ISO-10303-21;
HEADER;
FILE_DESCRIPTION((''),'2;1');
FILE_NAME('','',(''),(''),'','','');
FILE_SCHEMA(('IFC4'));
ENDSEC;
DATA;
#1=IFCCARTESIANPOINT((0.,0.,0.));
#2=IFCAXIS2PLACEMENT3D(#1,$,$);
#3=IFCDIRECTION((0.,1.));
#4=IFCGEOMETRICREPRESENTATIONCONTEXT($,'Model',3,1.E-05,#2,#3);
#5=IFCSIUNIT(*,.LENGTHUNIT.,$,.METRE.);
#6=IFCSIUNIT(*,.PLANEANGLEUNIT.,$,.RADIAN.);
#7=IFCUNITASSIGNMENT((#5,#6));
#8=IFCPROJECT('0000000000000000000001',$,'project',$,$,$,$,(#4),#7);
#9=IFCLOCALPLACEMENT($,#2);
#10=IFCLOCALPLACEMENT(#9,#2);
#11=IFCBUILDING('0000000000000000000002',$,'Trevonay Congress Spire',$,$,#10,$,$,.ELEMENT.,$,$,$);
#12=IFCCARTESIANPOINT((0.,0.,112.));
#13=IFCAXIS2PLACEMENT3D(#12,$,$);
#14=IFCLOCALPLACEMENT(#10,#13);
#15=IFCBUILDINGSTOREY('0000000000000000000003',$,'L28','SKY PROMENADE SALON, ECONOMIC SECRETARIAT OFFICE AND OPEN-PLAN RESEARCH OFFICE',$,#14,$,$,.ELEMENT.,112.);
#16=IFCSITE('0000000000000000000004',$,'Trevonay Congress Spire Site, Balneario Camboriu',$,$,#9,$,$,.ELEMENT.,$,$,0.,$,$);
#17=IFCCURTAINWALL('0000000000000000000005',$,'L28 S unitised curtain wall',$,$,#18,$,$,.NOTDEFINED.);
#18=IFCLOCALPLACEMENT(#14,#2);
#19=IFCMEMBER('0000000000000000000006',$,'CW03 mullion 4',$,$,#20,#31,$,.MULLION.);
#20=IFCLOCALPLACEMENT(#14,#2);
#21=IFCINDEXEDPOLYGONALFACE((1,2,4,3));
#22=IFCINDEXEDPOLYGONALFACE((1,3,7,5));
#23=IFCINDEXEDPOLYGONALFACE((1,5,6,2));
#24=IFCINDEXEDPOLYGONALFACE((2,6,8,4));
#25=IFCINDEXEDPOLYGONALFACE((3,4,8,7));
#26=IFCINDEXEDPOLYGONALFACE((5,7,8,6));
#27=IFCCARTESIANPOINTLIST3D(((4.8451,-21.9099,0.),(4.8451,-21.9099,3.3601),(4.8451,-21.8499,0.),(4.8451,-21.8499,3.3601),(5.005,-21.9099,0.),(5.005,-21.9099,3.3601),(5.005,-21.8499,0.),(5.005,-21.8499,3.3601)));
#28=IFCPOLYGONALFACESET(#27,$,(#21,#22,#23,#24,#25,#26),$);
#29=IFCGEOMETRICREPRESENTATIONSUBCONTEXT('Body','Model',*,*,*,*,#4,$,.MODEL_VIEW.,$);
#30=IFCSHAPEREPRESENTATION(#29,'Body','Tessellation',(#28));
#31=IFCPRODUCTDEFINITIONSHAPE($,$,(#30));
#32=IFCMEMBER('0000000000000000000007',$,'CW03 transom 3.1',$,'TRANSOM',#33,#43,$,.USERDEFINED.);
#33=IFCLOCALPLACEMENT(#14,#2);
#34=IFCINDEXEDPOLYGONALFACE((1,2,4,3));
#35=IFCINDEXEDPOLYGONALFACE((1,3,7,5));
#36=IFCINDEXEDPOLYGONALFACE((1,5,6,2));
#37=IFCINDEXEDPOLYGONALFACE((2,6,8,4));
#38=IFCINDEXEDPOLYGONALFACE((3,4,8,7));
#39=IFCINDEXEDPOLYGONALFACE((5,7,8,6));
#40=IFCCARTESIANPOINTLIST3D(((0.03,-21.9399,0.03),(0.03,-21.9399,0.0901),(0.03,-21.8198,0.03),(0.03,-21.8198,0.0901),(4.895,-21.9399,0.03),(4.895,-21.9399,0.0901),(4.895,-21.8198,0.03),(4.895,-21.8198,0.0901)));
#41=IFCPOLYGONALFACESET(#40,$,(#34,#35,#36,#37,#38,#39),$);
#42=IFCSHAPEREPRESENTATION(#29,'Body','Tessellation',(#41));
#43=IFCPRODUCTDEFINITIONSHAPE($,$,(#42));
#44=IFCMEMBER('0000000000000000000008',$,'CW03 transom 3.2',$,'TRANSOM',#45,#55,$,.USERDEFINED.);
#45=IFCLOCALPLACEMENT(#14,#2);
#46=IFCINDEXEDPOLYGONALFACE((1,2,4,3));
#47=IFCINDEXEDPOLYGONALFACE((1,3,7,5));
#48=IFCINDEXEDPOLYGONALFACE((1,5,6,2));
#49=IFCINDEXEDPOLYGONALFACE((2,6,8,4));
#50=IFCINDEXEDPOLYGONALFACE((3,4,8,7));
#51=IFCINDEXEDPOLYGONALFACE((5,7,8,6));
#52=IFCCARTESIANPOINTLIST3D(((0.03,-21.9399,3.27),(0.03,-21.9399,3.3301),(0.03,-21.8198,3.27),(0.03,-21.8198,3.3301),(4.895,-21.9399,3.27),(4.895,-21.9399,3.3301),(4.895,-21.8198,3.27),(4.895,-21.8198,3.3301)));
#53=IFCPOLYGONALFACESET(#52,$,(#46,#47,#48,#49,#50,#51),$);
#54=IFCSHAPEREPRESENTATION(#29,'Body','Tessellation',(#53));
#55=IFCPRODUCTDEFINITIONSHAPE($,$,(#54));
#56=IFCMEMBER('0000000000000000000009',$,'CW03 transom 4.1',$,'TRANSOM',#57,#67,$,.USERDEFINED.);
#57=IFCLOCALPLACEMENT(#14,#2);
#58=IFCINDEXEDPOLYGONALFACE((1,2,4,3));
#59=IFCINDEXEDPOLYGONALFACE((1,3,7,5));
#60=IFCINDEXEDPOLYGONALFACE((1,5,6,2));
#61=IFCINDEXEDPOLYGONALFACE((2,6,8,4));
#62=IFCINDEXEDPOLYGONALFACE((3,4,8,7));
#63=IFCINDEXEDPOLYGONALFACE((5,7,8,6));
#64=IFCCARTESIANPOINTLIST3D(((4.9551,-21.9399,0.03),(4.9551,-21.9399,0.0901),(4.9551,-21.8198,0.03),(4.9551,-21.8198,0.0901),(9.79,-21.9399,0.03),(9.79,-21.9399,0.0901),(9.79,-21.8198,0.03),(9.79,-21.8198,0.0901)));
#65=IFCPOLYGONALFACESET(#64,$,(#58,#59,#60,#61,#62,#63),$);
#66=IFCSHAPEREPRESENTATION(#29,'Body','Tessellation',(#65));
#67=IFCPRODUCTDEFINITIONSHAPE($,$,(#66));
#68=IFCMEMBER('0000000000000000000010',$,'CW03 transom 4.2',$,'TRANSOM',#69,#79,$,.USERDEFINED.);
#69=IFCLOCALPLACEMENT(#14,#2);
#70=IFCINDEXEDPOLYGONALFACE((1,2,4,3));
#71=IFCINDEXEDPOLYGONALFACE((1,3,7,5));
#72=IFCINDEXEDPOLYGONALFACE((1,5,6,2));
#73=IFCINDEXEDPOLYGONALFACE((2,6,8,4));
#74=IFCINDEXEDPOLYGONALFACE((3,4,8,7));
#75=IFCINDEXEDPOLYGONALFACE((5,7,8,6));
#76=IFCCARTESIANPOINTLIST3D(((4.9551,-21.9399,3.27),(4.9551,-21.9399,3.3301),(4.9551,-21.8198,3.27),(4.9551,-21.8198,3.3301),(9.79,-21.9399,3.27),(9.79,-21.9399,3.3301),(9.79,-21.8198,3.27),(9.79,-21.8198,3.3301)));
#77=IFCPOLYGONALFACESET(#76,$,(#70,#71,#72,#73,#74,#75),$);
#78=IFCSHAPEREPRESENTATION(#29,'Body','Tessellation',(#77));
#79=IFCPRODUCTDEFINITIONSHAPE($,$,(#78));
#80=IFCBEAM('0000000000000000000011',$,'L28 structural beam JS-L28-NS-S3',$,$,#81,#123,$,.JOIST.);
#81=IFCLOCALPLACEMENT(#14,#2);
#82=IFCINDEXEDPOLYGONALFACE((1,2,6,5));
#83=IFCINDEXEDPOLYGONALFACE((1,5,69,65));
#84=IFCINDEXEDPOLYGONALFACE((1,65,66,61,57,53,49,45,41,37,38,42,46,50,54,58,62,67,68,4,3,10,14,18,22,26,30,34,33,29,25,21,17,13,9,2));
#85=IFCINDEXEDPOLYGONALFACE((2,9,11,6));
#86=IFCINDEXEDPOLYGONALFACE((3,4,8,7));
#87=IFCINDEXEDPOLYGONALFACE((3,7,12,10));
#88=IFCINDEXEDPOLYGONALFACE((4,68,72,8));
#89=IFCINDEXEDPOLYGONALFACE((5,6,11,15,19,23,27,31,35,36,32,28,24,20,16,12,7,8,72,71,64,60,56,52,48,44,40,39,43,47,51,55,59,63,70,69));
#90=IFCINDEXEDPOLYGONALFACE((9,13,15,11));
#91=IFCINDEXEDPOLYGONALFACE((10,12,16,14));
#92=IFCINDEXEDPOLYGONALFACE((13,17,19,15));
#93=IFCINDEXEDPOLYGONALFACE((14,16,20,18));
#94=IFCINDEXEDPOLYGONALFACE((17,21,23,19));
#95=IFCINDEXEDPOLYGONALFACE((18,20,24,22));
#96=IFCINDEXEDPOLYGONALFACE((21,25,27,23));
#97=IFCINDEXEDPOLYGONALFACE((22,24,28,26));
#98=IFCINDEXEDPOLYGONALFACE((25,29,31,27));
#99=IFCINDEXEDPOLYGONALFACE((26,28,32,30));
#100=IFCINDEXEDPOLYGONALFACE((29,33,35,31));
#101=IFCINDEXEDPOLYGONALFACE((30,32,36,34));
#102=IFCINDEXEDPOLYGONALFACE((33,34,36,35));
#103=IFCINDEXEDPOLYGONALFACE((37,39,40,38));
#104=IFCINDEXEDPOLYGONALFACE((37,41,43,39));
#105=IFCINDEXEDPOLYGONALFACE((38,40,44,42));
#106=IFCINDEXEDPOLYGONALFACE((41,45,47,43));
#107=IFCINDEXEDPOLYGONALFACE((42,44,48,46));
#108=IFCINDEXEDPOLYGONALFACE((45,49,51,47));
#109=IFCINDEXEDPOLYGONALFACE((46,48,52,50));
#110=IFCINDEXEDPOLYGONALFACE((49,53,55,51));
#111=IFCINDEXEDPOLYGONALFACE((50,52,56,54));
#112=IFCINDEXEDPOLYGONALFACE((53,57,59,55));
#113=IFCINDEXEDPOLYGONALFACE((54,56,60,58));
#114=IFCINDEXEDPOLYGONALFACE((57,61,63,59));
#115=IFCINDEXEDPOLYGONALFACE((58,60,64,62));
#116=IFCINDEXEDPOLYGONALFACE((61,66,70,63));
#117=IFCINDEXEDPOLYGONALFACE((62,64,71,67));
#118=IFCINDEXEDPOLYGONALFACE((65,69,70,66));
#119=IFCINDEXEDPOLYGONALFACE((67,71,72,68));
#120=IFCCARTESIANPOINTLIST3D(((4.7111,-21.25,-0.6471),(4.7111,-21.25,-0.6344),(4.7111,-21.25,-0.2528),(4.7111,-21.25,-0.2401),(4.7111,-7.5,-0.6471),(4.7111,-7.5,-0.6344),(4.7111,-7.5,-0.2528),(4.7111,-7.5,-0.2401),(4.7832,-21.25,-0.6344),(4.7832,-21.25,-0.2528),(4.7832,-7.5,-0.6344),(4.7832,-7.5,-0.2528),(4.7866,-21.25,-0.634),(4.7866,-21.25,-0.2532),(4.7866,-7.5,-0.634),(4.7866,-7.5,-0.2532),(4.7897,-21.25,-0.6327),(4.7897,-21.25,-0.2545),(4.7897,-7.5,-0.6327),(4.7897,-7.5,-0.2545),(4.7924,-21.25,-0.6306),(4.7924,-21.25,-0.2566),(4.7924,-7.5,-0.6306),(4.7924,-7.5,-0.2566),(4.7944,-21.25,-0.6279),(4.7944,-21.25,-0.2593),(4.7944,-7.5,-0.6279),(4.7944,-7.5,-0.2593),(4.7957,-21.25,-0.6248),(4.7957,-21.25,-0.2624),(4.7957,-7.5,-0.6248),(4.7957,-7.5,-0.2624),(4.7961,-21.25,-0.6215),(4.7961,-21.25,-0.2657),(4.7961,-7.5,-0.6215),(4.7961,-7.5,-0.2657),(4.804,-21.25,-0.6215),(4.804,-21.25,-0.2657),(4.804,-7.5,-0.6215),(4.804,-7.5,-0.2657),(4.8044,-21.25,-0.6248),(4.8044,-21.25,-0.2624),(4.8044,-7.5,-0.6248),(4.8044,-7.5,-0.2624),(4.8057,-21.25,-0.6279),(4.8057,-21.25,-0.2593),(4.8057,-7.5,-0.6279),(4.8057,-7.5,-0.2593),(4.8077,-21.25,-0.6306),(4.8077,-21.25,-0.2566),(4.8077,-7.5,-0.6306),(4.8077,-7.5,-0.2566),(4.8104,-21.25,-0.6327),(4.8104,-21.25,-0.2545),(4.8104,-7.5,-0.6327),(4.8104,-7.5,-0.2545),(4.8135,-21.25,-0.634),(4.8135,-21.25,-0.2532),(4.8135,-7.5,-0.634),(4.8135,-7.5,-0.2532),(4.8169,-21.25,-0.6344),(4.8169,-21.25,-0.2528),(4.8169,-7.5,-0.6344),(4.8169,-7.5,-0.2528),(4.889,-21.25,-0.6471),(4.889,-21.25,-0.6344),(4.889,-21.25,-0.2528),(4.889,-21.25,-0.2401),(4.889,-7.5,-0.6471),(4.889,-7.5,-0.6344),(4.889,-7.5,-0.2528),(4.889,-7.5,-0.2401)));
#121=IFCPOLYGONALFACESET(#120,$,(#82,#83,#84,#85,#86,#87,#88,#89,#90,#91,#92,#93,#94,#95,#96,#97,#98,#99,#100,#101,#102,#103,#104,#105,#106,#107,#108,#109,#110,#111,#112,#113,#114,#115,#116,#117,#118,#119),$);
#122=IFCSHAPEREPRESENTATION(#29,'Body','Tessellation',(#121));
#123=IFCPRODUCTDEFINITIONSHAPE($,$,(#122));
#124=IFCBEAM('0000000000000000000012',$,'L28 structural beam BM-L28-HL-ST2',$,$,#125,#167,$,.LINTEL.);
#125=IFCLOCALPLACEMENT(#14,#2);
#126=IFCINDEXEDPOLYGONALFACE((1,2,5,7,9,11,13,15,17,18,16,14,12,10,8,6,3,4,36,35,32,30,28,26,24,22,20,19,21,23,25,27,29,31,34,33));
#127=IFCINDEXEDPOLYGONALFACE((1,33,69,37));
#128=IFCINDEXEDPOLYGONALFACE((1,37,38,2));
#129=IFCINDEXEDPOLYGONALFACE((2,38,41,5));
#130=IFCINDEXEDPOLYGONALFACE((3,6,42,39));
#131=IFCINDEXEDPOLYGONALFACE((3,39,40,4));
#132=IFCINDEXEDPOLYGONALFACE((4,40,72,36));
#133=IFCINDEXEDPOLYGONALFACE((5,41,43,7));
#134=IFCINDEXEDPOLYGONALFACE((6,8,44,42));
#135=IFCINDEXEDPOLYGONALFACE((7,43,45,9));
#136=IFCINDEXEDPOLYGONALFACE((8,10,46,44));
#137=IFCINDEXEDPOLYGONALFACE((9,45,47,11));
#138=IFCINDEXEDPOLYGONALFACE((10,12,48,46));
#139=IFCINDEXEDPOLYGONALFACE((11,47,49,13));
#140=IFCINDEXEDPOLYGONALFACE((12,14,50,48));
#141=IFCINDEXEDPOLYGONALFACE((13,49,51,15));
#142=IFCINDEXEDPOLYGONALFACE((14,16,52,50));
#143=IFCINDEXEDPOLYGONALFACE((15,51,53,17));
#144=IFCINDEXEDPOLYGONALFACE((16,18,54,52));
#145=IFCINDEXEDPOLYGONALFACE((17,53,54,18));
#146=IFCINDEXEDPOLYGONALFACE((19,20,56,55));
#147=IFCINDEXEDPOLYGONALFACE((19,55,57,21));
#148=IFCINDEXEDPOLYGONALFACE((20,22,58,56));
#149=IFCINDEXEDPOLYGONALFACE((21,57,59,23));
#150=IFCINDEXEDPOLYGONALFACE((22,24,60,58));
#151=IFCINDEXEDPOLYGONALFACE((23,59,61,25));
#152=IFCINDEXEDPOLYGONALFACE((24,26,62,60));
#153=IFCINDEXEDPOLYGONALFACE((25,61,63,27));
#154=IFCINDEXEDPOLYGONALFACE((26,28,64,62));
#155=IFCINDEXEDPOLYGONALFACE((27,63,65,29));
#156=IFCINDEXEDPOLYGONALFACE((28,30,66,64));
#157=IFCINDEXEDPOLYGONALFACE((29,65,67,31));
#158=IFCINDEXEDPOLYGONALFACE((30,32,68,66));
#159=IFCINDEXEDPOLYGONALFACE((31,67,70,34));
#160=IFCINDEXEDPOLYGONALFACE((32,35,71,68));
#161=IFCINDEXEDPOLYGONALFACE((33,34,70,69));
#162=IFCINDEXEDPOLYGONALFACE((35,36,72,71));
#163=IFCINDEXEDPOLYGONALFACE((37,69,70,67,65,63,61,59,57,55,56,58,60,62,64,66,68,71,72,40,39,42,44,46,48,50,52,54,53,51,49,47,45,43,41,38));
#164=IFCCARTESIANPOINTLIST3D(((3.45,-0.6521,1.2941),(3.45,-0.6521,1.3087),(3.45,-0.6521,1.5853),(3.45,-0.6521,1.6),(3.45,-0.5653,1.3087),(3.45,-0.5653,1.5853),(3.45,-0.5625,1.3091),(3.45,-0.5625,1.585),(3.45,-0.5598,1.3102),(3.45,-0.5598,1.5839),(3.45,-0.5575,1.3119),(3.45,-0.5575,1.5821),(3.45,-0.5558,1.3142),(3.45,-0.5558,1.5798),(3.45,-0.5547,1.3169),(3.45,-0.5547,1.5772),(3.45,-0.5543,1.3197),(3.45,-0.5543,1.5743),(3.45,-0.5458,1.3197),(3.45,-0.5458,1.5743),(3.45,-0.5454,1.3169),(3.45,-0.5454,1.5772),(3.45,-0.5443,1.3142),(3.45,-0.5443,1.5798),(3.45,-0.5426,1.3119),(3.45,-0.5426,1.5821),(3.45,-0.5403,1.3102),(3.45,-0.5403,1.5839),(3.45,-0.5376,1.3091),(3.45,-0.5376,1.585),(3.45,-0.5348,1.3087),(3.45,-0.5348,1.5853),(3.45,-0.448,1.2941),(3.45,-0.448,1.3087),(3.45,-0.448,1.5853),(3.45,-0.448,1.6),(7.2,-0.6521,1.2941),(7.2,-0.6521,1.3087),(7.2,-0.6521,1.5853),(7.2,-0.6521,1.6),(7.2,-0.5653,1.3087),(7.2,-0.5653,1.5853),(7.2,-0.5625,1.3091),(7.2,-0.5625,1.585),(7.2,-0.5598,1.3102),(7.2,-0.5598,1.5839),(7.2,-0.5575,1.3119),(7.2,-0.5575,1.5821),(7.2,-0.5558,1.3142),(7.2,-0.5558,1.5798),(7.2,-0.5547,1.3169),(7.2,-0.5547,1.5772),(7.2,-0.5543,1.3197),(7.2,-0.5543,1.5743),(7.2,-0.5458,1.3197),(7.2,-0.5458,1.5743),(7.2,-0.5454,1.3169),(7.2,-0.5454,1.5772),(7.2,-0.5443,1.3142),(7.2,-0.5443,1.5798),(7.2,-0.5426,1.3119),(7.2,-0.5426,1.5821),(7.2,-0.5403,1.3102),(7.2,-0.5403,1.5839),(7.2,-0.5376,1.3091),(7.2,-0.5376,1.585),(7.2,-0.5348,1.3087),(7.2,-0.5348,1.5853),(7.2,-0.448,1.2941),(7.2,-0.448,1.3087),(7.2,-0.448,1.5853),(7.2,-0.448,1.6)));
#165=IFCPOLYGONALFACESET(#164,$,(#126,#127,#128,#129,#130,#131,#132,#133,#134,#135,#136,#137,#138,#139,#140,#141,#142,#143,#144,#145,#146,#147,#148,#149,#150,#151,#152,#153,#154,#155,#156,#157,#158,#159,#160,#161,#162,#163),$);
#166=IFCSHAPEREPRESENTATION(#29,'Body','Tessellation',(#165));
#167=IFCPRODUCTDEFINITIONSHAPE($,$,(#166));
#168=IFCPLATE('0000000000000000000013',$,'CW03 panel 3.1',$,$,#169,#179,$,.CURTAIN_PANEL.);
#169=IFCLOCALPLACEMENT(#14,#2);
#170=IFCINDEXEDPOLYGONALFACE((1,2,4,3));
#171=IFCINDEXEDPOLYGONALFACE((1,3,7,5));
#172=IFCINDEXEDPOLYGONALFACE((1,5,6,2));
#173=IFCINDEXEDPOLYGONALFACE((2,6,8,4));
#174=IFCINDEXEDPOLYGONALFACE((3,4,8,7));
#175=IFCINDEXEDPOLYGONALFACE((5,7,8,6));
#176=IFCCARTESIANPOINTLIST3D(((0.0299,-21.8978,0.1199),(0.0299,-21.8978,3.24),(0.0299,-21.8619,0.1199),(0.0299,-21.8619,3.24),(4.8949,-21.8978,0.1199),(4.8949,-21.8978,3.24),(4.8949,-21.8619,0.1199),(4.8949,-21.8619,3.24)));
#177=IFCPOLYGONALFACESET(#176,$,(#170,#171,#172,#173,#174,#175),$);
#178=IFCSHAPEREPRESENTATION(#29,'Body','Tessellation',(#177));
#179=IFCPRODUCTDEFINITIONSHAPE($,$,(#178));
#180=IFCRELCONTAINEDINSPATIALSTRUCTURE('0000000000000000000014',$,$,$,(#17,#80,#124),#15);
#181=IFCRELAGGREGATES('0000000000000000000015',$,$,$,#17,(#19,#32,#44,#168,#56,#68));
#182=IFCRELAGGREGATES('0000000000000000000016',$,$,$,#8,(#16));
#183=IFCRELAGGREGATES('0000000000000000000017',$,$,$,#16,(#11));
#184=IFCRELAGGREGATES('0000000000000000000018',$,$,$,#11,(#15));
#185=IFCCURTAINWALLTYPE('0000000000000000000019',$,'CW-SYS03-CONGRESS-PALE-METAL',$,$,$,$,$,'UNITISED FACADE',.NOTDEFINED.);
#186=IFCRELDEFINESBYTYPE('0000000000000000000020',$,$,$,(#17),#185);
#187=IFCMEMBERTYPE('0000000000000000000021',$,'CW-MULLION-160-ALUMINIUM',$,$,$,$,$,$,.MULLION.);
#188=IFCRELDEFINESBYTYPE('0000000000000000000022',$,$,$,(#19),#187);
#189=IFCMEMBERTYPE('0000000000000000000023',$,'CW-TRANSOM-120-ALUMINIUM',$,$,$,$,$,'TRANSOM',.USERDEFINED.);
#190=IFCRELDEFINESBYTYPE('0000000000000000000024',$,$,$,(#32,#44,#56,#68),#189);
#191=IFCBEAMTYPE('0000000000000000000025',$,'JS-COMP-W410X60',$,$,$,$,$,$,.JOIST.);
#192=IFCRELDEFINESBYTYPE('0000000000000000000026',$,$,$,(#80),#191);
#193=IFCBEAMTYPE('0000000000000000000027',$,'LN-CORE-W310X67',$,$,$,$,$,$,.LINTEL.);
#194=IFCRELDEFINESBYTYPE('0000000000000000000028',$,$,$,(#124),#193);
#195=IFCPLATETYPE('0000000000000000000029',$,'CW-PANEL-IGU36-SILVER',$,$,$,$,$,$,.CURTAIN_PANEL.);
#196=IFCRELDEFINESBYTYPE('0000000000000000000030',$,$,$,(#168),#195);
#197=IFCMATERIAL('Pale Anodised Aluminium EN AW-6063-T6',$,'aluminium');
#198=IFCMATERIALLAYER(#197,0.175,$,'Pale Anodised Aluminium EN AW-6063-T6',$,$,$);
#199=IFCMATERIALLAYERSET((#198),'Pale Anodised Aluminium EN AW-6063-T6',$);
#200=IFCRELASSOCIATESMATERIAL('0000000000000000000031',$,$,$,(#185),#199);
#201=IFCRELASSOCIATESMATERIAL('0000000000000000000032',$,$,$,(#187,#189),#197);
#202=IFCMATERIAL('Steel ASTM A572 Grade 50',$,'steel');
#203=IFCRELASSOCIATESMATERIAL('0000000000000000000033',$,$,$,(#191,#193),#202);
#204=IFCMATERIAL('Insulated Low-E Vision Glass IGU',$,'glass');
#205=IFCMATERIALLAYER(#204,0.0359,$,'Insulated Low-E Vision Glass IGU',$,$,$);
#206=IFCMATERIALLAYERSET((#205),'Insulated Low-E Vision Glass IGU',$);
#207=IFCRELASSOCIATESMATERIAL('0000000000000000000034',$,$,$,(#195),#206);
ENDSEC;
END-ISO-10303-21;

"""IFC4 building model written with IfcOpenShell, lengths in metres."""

from ifc_helpers import new_model, si_unit, direction, frame, origin, origin_2d, place, context, subcontext, project, spatial, rectangle, i_section, extrude, material, layer, layer_set, material_profile, profile_set, type_object, element, aggregate, save


model = new_model("IFC4")

# Units and contexts
model_context = context("Model", 3, precision=1e-05, world=origin(), true_north=direction((0.0, 1.0)))
body_context = subcontext(model_context, "Body", "Model", "MODEL_VIEW")
ifc_project = project(units=[si_unit("LENGTHUNIT", "METRE"), si_unit("PLANEANGLEUNIT", "RADIAN")], contexts=[model_context])

# Site, building, storey
site_placement = place(None, origin())
site = spatial("IfcSite", under=ifc_project, at=site_placement, Name="Trevonay Congress Spire Site, Balneario Camboriu", CompositionType="ELEMENT", RefElevation=0.0)
building_placement = place(site_placement, origin())
building = spatial("IfcBuilding", under=site, at=building_placement, Name="Trevonay Congress Spire", CompositionType="ELEMENT")
storey_placement = place(building_placement, frame((0.0, 0.0, 112.0)))
storey = spatial("IfcBuildingStorey", under=building, at=storey_placement, Name="L28", Description="SKY PROMENADE SALON, ECONOMIC SECRETARIAT OFFICE AND OPEN-PLAN RESEARCH OFFICE", CompositionType="ELEMENT", Elevation=112.0)

# Shared definitions
ifc_material_1 = material(Name="Steel ASTM A572 Grade 50", Category="steel")

# Curtain wall, members
ifc_material_2 = material(Name="Pale Anodised Aluminium EN AW-6063-T6", Category="aluminium")
ifc_layer_1 = layer(ifc_material_2, 0.175, Name="Pale Anodised Aluminium EN AW-6063-T6")
ifc_layer_set_1 = layer_set([ifc_layer_1], Name="Pale Anodised Aluminium EN AW-6063-T6")
curtain_wall_type = type_object("IfcCurtainWallType", Name="CW-SYS03-CONGRESS-PALE-METAL", ElementType="UNITISED FACADE", PredefinedType="NOTDEFINED", material=ifc_layer_set_1)
curtain_wall_placement = place(storey_placement, origin())
curtain_wall = element("IfcCurtainWall", 1, at=curtain_wall_placement, inside=storey, type_object=curtain_wall_type, Name="L28 S unitised curtain wall", PredefinedType="NOTDEFINED")
ifc_material_profile_1 = material_profile(ifc_material_2, rectangle(XDim=0.0601, YDim=0.1599, at=origin_2d()), Name="CW-MULLION-160-ALUMINIUM")
ifc_profile_set_1 = profile_set([ifc_material_profile_1], Name="Pale Anodised Aluminium EN AW-6063-T6")
member_type_1 = type_object("IfcMemberType", Name="CW-MULLION-160-ALUMINIUM", PredefinedType="MULLION", material=ifc_profile_set_1)
member_1_placement = place(storey_placement, frame((4.925, -21.8799, 0.0), z_axis=(0.0, 0.0, 1.0), x_axis=(0.0, 1.0, 0.0)))
member_1 = element("IfcMember", 2, at=member_1_placement, type_object=member_type_1, Name="CW03 mullion 4", PredefinedType="MULLION", context=body_context, shape_type="SweptSolid", body=[
    extrude(rectangle(XDim=0.0601, YDim=0.1599, at=origin_2d()), origin(), (0.0, 0.0, 1.0), 3.3601),
])
ifc_material_profile_2 = material_profile(ifc_material_2, rectangle(XDim=0.1201, YDim=0.0601, at=origin_2d()), Name="CW-TRANSOM-120-ALUMINIUM")
ifc_profile_set_2 = profile_set([ifc_material_profile_2], Name="Pale Anodised Aluminium EN AW-6063-T6")
member_type_2 = type_object("IfcMemberType", Name="CW-TRANSOM-120-ALUMINIUM", ElementType="TRANSOM", PredefinedType="USERDEFINED", material=ifc_profile_set_2)
member_2_placement = place(storey_placement, frame((0.03, -21.8799, 0.0601), z_axis=(1.0, 0.0, 0.0), x_axis=(0.0, 1.0, 0.0)))
member_2 = element("IfcMember", 3, at=member_2_placement, type_object=member_type_2, Name="CW03 transom 3.1", ObjectType="TRANSOM", PredefinedType="USERDEFINED", context=body_context, shape_type="SweptSolid", body=[
    extrude(rectangle(XDim=0.1201, YDim=0.0601, at=origin_2d()), origin(), (0.0, 0.0, 1.0), 4.865),
])
member_3_placement = place(storey_placement, frame((0.03, -21.8799, 3.3), z_axis=(1.0, 0.0, 0.0), x_axis=(0.0, 1.0, 0.0)))
member_3 = element("IfcMember", 4, at=member_3_placement, type_object=member_type_2, Name="CW03 transom 3.2", ObjectType="TRANSOM", PredefinedType="USERDEFINED", context=body_context, shape_type="SweptSolid", body=[
    extrude(rectangle(XDim=0.1201, YDim=0.0601, at=origin_2d()), origin(), (0.0, 0.0, 1.0), 4.865),
])
member_4_placement = place(storey_placement, frame((4.9551, -21.8799, 0.0601), z_axis=(1.0, 0.0, 0.0), x_axis=(0.0, 1.0, 0.0)))
member_4 = element("IfcMember", 5, at=member_4_placement, type_object=member_type_2, Name="CW03 transom 4.1", ObjectType="TRANSOM", PredefinedType="USERDEFINED", context=body_context, shape_type="SweptSolid", body=[
    extrude(rectangle(XDim=0.1201, YDim=0.0601, at=origin_2d()), origin(), (0.0, 0.0, 1.0), 4.835),
])
member_5_placement = place(storey_placement, frame((4.9551, -21.8799, 3.3), z_axis=(1.0, 0.0, 0.0), x_axis=(0.0, 1.0, 0.0)))
member_5 = element("IfcMember", 6, at=member_5_placement, type_object=member_type_2, Name="CW03 transom 4.2", ObjectType="TRANSOM", PredefinedType="USERDEFINED", context=body_context, shape_type="SweptSolid", body=[
    extrude(rectangle(XDim=0.1201, YDim=0.0601, at=origin_2d()), origin(), (0.0, 0.0, 1.0), 4.835),
])

# Beams
ifc_material_profile_3 = material_profile(ifc_material_1, i_section(OverallWidth=0.178, OverallDepth=0.407, WebThickness=0.0078, FlangeThickness=0.0127, FilletRadius=0.0129, at=origin_2d()), Name="W410x60")
ifc_profile_set_3 = profile_set([ifc_material_profile_3], Name="Steel ASTM A572 Grade 50")
beam_type_1 = type_object("IfcBeamType", Name="JS-COMP-W410X60", PredefinedType="JOIST", material=ifc_profile_set_3)
beam_1_placement = place(storey_placement, frame((4.8, -21.25, -0.4436), z_axis=(0.0, 1.0, 0.0), x_axis=(-1.0, 0.0, 0.0)))
element("IfcBeam", 7, at=beam_1_placement, inside=storey, type_object=beam_type_1, Name="L28 structural beam JS-L28-NS-S3", PredefinedType="JOIST", context=body_context, shape_type="SweptSolid", body=[
    extrude(i_section(OverallWidth=0.178, OverallDepth=0.407, WebThickness=0.0078, FlangeThickness=0.0127, FilletRadius=0.0129, at=origin_2d()), origin(), (0.0, 0.0, 1.0), 13.75),
])
ifc_material_profile_4 = material_profile(ifc_material_1, i_section(OverallWidth=0.2041, OverallDepth=0.3059, WebThickness=0.0085, FlangeThickness=0.0146, FilletRadius=0.011, at=origin_2d()), Name="W310x67")
ifc_profile_set_4 = profile_set([ifc_material_profile_4], Name="Steel ASTM A572 Grade 50")
beam_type_2 = type_object("IfcBeamType", Name="LN-CORE-W310X67", PredefinedType="LINTEL", material=ifc_profile_set_4)
beam_2_placement = place(storey_placement, frame((3.45, -0.55, 1.447), z_axis=(1.0, 0.0, 0.0), x_axis=(0.0, 1.0, 0.0)))
element("IfcBeam", 8, at=beam_2_placement, inside=storey, type_object=beam_type_2, Name="L28 structural beam BM-L28-HL-ST2", PredefinedType="LINTEL", context=body_context, shape_type="SweptSolid", body=[
    extrude(i_section(OverallWidth=0.2041, OverallDepth=0.3059, WebThickness=0.0085, FlangeThickness=0.0146, FilletRadius=0.011, at=origin_2d()), origin(), (0.0, 0.0, 1.0), 3.75),
])

# Plate
ifc_material_3 = material(Name="Insulated Low-E Vision Glass IGU", Category="glass")
ifc_layer_2 = layer(ifc_material_3, 0.0359, Name="Insulated Low-E Vision Glass IGU")
ifc_layer_set_2 = layer_set([ifc_layer_2], Name="Insulated Low-E Vision Glass IGU")
plate_type = type_object("IfcPlateType", Name="CW-PANEL-IGU36-SILVER", PredefinedType="CURTAIN_PANEL", material=ifc_layer_set_2)
plate_1_placement = place(storey_placement, frame((2.4624, -21.8799, 0.1199), z_axis=(0.0, 0.0, 1.0), x_axis=(1.0, 0.0, 0.0)))
plate_1 = element("IfcPlate", 9, at=plate_1_placement, type_object=plate_type, Name="CW03 panel 3.1", PredefinedType="CURTAIN_PANEL", context=body_context, shape_type="SweptSolid", body=[
    extrude(rectangle(XDim=4.865, YDim=0.0359, at=origin_2d()), origin(), (0.0, 0.0, 1.0), 3.1201),
])
aggregate(curtain_wall, [member_1, member_2, member_3, plate_1, member_4, member_5])

save(model, "model.ifc")
